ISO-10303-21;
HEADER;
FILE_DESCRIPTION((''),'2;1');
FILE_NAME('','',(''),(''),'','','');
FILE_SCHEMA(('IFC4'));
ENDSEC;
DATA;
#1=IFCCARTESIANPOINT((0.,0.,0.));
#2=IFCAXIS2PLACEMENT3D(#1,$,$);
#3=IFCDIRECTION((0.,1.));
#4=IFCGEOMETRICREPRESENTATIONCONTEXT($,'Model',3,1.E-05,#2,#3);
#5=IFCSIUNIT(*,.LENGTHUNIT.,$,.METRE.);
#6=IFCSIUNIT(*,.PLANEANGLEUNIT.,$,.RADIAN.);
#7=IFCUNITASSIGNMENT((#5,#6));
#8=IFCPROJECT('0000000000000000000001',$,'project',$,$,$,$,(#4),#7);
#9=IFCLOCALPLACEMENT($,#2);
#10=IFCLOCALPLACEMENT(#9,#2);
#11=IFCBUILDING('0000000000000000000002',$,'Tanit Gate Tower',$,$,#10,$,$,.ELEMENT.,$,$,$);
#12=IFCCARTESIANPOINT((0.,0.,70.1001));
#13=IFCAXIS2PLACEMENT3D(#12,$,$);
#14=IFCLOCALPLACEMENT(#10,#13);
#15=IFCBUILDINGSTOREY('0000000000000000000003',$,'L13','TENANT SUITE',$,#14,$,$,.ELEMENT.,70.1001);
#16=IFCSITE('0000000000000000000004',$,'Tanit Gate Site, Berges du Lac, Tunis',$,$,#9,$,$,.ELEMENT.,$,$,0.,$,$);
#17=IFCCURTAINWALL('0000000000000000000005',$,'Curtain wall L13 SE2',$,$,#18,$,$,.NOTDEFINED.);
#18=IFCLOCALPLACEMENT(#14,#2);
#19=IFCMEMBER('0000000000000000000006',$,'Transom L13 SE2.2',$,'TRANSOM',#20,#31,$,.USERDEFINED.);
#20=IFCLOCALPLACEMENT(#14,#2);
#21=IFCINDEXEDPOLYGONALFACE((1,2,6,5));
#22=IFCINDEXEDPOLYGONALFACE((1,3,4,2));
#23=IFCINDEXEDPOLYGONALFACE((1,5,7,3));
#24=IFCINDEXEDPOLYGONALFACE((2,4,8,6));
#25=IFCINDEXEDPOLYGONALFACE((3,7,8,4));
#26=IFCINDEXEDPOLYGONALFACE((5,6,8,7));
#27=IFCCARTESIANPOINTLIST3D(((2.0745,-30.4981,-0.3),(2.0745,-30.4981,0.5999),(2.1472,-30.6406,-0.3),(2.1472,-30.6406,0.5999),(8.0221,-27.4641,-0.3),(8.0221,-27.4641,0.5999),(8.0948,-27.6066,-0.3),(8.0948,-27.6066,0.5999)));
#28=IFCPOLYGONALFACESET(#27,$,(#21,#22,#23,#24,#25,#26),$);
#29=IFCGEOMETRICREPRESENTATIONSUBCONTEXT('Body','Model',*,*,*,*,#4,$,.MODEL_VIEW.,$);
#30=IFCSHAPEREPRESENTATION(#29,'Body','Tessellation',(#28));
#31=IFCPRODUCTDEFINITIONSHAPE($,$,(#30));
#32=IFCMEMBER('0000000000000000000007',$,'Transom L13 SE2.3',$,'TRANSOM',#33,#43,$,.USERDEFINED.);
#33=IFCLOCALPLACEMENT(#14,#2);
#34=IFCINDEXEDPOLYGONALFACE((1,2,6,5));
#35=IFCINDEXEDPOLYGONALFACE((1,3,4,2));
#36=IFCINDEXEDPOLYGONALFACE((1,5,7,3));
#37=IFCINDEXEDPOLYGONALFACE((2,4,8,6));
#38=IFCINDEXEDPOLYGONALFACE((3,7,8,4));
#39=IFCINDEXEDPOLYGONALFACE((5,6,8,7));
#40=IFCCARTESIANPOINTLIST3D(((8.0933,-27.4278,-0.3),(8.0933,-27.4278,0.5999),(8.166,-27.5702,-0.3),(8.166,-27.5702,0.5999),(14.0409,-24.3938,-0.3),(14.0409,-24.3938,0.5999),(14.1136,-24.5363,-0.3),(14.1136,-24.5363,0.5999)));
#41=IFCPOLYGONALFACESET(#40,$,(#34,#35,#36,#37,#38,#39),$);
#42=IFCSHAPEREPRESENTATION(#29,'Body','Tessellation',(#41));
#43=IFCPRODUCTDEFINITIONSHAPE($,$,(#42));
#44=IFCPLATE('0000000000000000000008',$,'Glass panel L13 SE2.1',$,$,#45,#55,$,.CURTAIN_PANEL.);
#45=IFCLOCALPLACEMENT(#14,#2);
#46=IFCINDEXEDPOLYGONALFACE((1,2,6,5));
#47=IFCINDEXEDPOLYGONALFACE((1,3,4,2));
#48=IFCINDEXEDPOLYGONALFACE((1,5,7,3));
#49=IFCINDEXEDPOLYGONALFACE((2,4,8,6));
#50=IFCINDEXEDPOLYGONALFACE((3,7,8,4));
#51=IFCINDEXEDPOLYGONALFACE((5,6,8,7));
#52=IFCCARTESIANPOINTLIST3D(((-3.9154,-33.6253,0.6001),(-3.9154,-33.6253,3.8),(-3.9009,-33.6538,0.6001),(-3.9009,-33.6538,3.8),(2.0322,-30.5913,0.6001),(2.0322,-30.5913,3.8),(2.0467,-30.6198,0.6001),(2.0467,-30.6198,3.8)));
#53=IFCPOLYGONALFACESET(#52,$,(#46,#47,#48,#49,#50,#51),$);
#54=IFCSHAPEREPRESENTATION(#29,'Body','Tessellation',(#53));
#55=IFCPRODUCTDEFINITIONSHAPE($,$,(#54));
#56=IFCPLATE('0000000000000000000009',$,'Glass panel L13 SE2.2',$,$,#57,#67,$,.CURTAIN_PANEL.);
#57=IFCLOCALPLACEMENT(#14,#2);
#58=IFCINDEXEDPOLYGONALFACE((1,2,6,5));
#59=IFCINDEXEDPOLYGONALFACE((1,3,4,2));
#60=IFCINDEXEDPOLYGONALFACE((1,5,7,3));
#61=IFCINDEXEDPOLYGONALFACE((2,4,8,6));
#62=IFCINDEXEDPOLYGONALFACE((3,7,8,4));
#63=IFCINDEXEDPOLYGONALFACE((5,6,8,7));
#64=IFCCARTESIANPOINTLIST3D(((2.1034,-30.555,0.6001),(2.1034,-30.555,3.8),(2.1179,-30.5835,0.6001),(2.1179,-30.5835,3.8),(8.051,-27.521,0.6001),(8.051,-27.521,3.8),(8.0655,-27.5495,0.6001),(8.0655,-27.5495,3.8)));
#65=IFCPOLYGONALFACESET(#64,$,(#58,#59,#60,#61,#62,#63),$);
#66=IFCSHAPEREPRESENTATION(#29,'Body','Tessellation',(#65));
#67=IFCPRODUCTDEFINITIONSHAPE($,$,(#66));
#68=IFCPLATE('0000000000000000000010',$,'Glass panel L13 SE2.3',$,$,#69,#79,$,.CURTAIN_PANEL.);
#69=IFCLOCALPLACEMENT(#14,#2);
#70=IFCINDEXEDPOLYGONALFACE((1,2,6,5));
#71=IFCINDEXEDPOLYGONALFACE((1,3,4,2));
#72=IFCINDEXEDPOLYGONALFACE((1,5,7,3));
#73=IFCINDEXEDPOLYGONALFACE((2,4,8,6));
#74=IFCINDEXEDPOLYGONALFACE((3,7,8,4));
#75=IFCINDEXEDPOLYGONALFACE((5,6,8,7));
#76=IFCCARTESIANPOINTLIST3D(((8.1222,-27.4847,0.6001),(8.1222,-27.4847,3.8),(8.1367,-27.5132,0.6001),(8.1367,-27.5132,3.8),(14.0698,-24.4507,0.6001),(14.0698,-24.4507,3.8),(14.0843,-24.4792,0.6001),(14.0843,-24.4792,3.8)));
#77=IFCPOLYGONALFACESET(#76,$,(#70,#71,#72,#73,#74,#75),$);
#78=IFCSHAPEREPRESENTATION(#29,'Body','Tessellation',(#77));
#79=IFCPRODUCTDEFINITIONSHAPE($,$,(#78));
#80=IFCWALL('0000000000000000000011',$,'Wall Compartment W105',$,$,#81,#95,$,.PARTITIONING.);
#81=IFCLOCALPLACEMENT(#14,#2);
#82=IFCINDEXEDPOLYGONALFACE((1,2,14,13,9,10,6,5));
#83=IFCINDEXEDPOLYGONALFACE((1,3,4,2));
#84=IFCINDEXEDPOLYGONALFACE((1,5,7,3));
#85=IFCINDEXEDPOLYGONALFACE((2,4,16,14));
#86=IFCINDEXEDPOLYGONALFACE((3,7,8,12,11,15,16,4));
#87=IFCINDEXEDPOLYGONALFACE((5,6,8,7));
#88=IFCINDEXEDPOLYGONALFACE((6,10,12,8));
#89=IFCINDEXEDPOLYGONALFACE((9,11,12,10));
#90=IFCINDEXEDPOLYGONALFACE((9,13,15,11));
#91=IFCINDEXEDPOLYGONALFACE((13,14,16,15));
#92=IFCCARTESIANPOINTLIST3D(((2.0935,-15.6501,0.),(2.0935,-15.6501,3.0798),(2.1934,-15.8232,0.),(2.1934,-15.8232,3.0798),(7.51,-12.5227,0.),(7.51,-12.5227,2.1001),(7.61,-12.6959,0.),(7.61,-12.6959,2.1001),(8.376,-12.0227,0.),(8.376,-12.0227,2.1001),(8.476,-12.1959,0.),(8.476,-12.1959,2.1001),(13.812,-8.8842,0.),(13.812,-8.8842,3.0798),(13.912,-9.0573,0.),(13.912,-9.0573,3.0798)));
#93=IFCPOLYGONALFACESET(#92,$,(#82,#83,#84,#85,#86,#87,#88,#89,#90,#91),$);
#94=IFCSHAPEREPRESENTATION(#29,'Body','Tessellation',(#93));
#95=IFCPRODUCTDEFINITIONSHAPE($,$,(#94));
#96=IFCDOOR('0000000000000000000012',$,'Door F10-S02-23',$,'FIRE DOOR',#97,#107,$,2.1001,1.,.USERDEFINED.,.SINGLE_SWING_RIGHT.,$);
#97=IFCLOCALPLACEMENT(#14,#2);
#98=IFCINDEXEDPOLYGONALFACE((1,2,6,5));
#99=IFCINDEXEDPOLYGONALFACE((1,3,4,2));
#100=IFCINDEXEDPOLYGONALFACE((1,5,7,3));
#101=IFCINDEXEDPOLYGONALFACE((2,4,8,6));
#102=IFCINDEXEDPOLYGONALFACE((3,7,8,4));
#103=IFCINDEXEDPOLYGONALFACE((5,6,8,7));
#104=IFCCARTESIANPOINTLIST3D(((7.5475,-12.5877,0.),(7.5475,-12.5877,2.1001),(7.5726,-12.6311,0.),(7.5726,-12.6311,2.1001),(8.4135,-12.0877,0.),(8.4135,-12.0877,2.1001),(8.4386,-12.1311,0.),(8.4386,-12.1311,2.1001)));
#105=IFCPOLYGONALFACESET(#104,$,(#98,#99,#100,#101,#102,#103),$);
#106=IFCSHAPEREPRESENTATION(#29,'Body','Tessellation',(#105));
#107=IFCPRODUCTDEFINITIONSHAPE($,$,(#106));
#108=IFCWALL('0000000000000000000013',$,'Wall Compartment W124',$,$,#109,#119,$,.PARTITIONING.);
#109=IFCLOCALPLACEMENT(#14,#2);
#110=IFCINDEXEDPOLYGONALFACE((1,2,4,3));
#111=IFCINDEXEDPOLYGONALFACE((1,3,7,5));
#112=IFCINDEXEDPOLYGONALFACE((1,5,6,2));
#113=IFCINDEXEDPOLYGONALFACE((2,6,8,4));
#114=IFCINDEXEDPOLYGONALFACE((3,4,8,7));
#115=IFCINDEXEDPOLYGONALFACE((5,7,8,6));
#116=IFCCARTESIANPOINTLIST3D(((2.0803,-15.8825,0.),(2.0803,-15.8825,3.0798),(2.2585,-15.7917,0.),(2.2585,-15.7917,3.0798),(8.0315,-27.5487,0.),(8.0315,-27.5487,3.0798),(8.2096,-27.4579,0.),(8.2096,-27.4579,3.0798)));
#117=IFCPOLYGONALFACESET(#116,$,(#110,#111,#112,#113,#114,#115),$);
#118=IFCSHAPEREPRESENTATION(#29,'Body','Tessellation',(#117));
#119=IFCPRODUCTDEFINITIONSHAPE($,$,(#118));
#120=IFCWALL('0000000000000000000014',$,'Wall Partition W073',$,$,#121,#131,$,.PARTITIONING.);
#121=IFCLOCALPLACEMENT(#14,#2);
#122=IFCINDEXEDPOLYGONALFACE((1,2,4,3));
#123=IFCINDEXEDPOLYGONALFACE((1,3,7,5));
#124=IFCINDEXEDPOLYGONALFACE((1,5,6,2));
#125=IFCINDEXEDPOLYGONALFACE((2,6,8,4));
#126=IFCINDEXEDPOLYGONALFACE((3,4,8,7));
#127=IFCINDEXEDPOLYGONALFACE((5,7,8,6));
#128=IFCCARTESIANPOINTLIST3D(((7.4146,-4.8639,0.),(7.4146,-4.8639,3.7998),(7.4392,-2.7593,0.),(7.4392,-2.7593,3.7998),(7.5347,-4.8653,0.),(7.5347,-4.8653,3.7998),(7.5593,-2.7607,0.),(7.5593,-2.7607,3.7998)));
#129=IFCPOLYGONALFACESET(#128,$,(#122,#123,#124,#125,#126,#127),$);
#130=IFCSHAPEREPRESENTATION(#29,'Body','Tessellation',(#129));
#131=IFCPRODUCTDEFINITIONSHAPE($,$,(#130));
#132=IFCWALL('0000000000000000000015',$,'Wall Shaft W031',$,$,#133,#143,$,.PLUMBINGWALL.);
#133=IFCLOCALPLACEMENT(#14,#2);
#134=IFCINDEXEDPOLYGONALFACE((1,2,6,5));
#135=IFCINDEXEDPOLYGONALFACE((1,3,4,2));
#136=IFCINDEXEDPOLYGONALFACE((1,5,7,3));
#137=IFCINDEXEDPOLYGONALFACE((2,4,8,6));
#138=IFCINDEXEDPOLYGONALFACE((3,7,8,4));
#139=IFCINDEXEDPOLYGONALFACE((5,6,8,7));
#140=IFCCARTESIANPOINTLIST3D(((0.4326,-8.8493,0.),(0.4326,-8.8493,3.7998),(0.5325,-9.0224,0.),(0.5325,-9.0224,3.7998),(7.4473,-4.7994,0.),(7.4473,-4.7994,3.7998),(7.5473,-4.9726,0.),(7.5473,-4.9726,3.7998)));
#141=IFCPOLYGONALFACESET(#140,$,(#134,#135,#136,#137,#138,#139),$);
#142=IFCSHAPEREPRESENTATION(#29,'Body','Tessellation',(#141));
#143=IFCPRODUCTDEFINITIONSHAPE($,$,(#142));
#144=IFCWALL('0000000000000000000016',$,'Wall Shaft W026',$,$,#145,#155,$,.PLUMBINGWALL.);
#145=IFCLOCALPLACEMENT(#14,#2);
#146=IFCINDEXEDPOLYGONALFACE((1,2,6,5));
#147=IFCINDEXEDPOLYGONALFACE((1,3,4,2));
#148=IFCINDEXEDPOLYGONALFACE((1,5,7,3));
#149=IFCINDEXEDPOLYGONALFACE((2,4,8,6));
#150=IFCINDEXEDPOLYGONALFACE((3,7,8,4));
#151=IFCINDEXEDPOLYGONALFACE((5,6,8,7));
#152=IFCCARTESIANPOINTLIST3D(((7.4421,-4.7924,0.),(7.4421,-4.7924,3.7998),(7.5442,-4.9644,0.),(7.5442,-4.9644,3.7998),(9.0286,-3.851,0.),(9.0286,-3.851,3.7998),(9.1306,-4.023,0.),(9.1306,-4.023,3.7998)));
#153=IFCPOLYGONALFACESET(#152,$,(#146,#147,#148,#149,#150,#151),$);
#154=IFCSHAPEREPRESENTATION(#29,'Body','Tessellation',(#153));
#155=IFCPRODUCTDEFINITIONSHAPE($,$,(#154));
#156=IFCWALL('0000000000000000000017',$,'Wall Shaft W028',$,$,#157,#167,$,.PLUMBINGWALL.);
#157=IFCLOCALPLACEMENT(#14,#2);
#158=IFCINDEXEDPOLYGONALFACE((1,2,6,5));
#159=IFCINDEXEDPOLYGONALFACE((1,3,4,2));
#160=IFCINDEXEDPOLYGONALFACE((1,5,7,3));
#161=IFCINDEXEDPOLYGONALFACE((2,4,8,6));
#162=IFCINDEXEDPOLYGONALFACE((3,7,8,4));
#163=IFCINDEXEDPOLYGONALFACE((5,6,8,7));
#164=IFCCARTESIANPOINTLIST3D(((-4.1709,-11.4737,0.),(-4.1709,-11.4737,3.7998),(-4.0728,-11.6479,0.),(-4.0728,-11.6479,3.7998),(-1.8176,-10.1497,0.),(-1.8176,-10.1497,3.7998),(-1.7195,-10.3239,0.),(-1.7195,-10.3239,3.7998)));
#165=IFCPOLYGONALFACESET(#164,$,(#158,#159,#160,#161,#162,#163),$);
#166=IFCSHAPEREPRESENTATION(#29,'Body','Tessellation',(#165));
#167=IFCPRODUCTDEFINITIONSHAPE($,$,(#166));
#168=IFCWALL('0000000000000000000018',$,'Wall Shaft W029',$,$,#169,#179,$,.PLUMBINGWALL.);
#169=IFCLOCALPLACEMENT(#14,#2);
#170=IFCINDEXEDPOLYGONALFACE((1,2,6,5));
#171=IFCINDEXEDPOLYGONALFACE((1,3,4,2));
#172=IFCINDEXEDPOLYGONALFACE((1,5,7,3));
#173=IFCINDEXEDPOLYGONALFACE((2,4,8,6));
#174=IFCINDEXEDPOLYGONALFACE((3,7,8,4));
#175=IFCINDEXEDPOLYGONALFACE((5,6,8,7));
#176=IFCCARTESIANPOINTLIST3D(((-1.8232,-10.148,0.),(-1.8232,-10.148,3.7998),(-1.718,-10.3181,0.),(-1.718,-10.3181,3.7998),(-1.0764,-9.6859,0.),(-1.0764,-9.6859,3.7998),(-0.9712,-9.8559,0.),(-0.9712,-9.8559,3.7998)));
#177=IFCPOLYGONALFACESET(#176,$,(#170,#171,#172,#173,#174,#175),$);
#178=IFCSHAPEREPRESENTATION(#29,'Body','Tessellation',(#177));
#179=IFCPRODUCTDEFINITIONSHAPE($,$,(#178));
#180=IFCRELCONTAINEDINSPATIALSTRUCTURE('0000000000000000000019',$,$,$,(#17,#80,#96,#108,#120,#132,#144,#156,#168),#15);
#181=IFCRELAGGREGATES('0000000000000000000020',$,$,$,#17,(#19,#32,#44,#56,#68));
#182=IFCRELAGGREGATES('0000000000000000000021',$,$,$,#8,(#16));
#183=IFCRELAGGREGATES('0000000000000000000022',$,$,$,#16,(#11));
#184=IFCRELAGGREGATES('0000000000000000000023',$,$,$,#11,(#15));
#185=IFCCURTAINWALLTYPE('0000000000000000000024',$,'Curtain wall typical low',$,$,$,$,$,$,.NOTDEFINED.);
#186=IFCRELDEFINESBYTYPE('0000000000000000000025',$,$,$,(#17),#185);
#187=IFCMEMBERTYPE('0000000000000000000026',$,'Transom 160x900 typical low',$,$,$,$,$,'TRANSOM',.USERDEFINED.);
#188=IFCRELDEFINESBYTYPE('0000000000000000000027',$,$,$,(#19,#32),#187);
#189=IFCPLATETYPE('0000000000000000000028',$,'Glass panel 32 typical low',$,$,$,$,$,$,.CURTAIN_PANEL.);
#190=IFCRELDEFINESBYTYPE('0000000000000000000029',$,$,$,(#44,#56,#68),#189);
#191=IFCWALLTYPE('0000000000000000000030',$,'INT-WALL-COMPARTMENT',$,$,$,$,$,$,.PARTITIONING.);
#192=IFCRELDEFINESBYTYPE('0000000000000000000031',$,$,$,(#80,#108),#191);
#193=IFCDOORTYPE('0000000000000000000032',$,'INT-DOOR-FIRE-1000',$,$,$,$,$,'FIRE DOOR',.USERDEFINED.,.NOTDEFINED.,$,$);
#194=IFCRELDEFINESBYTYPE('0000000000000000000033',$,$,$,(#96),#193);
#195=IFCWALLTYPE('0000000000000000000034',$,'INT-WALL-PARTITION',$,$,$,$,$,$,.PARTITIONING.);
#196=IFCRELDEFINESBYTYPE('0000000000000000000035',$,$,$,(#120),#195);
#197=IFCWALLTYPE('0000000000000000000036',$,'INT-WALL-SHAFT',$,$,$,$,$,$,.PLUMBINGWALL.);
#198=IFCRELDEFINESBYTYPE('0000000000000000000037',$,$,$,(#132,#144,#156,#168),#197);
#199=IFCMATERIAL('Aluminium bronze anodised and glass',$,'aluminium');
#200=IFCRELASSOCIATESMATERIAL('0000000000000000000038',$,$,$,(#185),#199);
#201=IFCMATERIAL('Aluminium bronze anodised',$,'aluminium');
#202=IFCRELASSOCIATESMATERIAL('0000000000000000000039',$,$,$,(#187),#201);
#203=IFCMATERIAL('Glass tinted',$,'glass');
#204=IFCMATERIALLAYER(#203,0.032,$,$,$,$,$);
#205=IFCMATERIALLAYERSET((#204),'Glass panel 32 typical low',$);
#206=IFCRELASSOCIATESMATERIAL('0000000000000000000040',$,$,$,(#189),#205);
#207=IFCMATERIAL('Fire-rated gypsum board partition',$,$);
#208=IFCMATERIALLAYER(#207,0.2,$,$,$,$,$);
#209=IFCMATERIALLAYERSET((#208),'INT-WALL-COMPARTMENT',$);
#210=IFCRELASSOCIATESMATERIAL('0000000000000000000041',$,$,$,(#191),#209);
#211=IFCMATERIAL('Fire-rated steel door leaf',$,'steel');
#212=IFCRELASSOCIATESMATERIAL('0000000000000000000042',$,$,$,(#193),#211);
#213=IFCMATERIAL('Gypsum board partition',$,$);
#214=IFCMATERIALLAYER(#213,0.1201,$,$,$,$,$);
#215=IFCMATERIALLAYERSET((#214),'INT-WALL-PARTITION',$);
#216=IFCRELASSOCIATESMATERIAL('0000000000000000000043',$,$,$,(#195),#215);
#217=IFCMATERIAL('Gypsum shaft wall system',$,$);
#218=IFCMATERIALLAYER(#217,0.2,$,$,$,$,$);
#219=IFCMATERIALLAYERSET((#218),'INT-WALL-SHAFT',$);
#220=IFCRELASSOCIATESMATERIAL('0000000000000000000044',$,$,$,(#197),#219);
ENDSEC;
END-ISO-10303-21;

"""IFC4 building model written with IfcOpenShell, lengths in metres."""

from ifc_helpers import new_model, si_unit, direction, frame, frame_2d, origin, origin_2d, place, context, subcontext, project, spatial, rectangle, extrude, material, layer, layer_set, material_profile, profile_set, type_object, element, fill, aggregate, save


model = new_model("IFC4")

# Units and contexts
model_context = context("Model", 3, precision=1e-05, world=origin(), true_north=direction((0.0, 1.0)))
body_context = subcontext(model_context, "Body", "Model", "MODEL_VIEW")
ifc_project = project(units=[si_unit("LENGTHUNIT", "METRE"), si_unit("PLANEANGLEUNIT", "RADIAN")], contexts=[model_context])

# Site, building, storey
site_placement = place(None, origin())
site = spatial("IfcSite", under=ifc_project, at=site_placement, Name="Tanit Gate Site, Berges du Lac, Tunis", CompositionType="ELEMENT", RefElevation=0.0)
building_placement = place(site_placement, origin())
building = spatial("IfcBuilding", under=site, at=building_placement, Name="Tanit Gate Tower", CompositionType="ELEMENT")
storey_placement = place(building_placement, frame((0.0, 0.0, 70.1001)))
storey = spatial("IfcBuildingStorey", under=building, at=storey_placement, Name="L13", Description="TENANT SUITE", CompositionType="ELEMENT", Elevation=70.1001)

# Curtain wall
ifc_material_1 = material(Name="Aluminium bronze anodised and glass", Category="aluminium")
curtain_wall_type = type_object("IfcCurtainWallType", Name="Curtain wall typical low", PredefinedType="NOTDEFINED", material=ifc_material_1)
curtain_wall_placement = place(storey_placement, origin())
curtain_wall = element("IfcCurtainWall", 1, at=curtain_wall_placement, inside=storey, type_object=curtain_wall_type, Name="Curtain wall L13 SE2", PredefinedType="NOTDEFINED")

# Members
ifc_material_2 = material(Name="Aluminium bronze anodised", Category="aluminium")
ifc_material_profile_1 = material_profile(ifc_material_2, rectangle(XDim=0.1599, YDim=0.8999, at=origin_2d()), Name="160x900 bronze transom")
ifc_profile_set_1 = profile_set([ifc_material_profile_1], Name="Aluminium bronze anodised")
member_type_1 = type_object("IfcMemberType", Name="Transom 160x900 typical low", ElementType="TRANSOM", PredefinedType="USERDEFINED", material=ifc_profile_set_1)
member_1_placement = place(storey_placement, frame((2.1108, -30.5693, 0.1499), z_axis=(0.890793, 0.45441, 0.0), x_axis=(-0.45441, 0.890793, 0.0)))
member_1 = element("IfcMember", 2, at=member_1_placement, type_object=member_type_1, Name="Transom L13 SE2.2", ObjectType="TRANSOM", PredefinedType="USERDEFINED", context=body_context, shape_type="SweptSolid", body=[
    extrude(rectangle(XDim=0.1599, YDim=0.8999, at=origin_2d()), origin(), (0.0, 0.0, 1.0), 6.6768),
])
member_2_placement = place(storey_placement, frame((8.1296, -27.499, 0.1499), z_axis=(0.890793, 0.45441, 0.0), x_axis=(-0.45441, 0.890793, 0.0)))
member_2 = element("IfcMember", 3, at=member_2_placement, type_object=member_type_1, Name="Transom L13 SE2.3", ObjectType="TRANSOM", PredefinedType="USERDEFINED", context=body_context, shape_type="SweptSolid", body=[
    extrude(rectangle(XDim=0.1599, YDim=0.8999, at=origin_2d()), origin(), (0.0, 0.0, 1.0), 6.6768),
])

# Plates
ifc_material_3 = material(Name="Glass tinted", Category="glass")
ifc_layer_1 = layer(ifc_material_3, 0.032)
ifc_layer_set_1 = layer_set([ifc_layer_1], Name="Glass panel 32 typical low")
plate_type = type_object("IfcPlateType", Name="Glass panel 32 typical low", PredefinedType="CURTAIN_PANEL", material=ifc_layer_set_1)
plate_1_placement = place(storey_placement, frame((-0.9343, -32.1226, 0.6001), z_axis=(0.0, 0.0, 1.0), x_axis=(0.890792, 0.454411, 0.0)))
plate_1 = element("IfcPlate", 4, at=plate_1_placement, type_object=plate_type, Name="Glass panel L13 SE2.1", PredefinedType="CURTAIN_PANEL", context=body_context, shape_type="SweptSolid", body=[
    extrude(rectangle(XDim=6.6768, YDim=0.032, at=origin_2d()), origin(), (0.0, 0.0, 1.0), 3.2),
])
plate_2_placement = place(storey_placement, frame((5.0845, -29.0522, 0.6001), z_axis=(0.0, 0.0, 1.0), x_axis=(0.890792, 0.454411, 0.0)))
plate_2 = element("IfcPlate", 5, at=plate_2_placement, type_object=plate_type, Name="Glass panel L13 SE2.2", PredefinedType="CURTAIN_PANEL", context=body_context, shape_type="SweptSolid", body=[
    extrude(rectangle(XDim=6.6768, YDim=0.032, at=origin_2d()), origin(), (0.0, 0.0, 1.0), 3.2),
])
plate_3_placement = place(storey_placement, frame((11.1033, -25.9819, 0.6001), z_axis=(0.0, 0.0, 1.0), x_axis=(0.890792, 0.454411, 0.0)))
plate_3 = element("IfcPlate", 6, at=plate_3_placement, type_object=plate_type, Name="Glass panel L13 SE2.3", PredefinedType="CURTAIN_PANEL", context=body_context, shape_type="SweptSolid", body=[
    extrude(rectangle(XDim=6.6768, YDim=0.032, at=origin_2d()), origin(), (0.0, 0.0, 1.0), 3.2),
])
aggregate(curtain_wall, [member_1, member_2, plate_1, plate_2, plate_3])

# Wall, opening, door
ifc_material_4 = material(Name="Fire-rated gypsum board partition")
ifc_layer_2 = layer(ifc_material_4, 0.2)
ifc_layer_set_2 = layer_set([ifc_layer_2], Name="INT-WALL-COMPARTMENT")
wall_type_1 = type_object("IfcWallType", Name="INT-WALL-COMPARTMENT", PredefinedType="PARTITIONING", material=ifc_layer_set_2)
wall_1_placement = place(storey_placement, frame((2.1436, -15.7366, 0.0), z_axis=(0.0, 0.0, 1.0), x_axis=(0.866019, 0.50001, 0.0)))
wall_1 = element("IfcWall", 7, at=wall_1_placement, inside=storey, type_object=wall_type_1, Name="Wall Compartment W105", PredefinedType="PARTITIONING", context=body_context, shape_type="SweptSolid", body=[
    extrude(rectangle(XDim=13.5315, YDim=0.2, at=frame_2d((6.7656, 0.0))), origin(), (0.0, 0.0, 1.0), 3.0798),
])
opening_placement = place(wall_1_placement, frame((6.2544, 0.0, 0.0)))
opening = element("IfcOpeningElement", 8, at=opening_placement, cuts=wall_1, PredefinedType="OPENING", context=body_context, shape_type="SweptSolid", body=[
    extrude(rectangle(XDim=1.0, YDim=2.1001, at=frame_2d((0.5, 1.05))), frame((0.0, 0.1099, 0.0), z_axis=(0.0, -1.0, 0.0), x_axis=(1.0, 0.0, 0.0)), (0.0, 0.0, 1.0), 0.22),
])
ifc_material_5 = material(Name="Fire-rated steel door leaf", Category="steel")
door_type = type_object("IfcDoorType", Name="INT-DOOR-FIRE-1000", ElementType="FIRE DOOR", OperationType="NOTDEFINED", PredefinedType="USERDEFINED", material=ifc_material_5)
door_placement = place(opening_placement, origin())
door = element("IfcDoor", 9, at=door_placement, inside=storey, type_object=door_type, Name="Door F10-S02-23", ObjectType="FIRE DOOR", OperationType="SINGLE_SWING_RIGHT", OverallHeight=2.1001, OverallWidth=1.0, PredefinedType="USERDEFINED", context=body_context, shape_type="SweptSolid", body=[
    extrude(rectangle(XDim=1.0, YDim=2.1001, at=frame_2d((0.5, 1.05))), frame((0.0, 0.0249, 0.0), z_axis=(0.0, -1.0, 0.0), x_axis=(1.0, 0.0, 0.0)), (0.0, 0.0, 1.0), 0.05),
])
fill(opening, door)

# Walls
wall_2_placement = place(storey_placement, frame((8.1206, -27.5034, 0.0), z_axis=(0.0, 0.0, 1.0), x_axis=(-0.45441, 0.890793, 0.0)))
element("IfcWall", 10, at=wall_2_placement, inside=storey, type_object=wall_type_1, Name="Wall Compartment W124", PredefinedType="PARTITIONING", context=body_context, shape_type="SweptSolid", body=[
    extrude(rectangle(XDim=13.0964, YDim=0.2, at=frame_2d((6.5483, 0.0))), origin(), (0.0, 0.0, 1.0), 3.0798),
])
ifc_material_6 = material(Name="Gypsum board partition")
ifc_layer_3 = layer(ifc_material_6, 0.1201)
ifc_layer_set_3 = layer_set([ifc_layer_3], Name="INT-WALL-PARTITION")
wall_type_2 = type_object("IfcWallType", Name="INT-WALL-PARTITION", PredefinedType="PARTITIONING", material=ifc_layer_set_3)
wall_3_placement = place(storey_placement, frame((7.4746, -4.8645, 0.0), z_axis=(0.0, 0.0, 1.0), x_axis=(0.011716, 0.999931, 0.0)))
element("IfcWall", 11, at=wall_3_placement, inside=storey, type_object=wall_type_2, Name="Wall Partition W073", PredefinedType="PARTITIONING", context=body_context, shape_type="SweptSolid", body=[
    extrude(rectangle(XDim=2.1047, YDim=0.1201, at=frame_2d((1.0522, 0.0))), origin(), (0.0, 0.0, 1.0), 3.7998),
])
ifc_material_7 = material(Name="Gypsum shaft wall system")
ifc_layer_4 = layer(ifc_material_7, 0.2)
ifc_layer_set_4 = layer_set([ifc_layer_4], Name="INT-WALL-SHAFT")
wall_type_3 = type_object("IfcWallType", Name="INT-WALL-SHAFT", PredefinedType="PLUMBINGWALL", material=ifc_layer_set_4)
wall_4_placement = place(storey_placement, frame((0.4827, -8.9358, 0.0), z_axis=(0.0, 0.0, 1.0), x_axis=(0.866031, 0.49999, 0.0)))
element("IfcWall", 12, at=wall_4_placement, inside=storey, type_object=wall_type_3, Name="Wall Shaft W031", PredefinedType="PLUMBINGWALL", context=body_context, shape_type="SweptSolid", body=[
    extrude(rectangle(XDim=8.0999, YDim=0.2, at=frame_2d((4.0498, 0.0))), origin(), (0.0, 0.0, 1.0), 3.7998),
])
wall_5_placement = place(storey_placement, frame((7.4932, -4.8784, 0.0), z_axis=(0.0, 0.0, 1.0), x_axis=(0.859982, 0.510325, 0.0)))
element("IfcWall", 13, at=wall_5_placement, inside=storey, type_object=wall_type_3, Name="Wall Shaft W026", PredefinedType="PLUMBINGWALL", context=body_context, shape_type="SweptSolid", body=[
    extrude(rectangle(XDim=1.8447, YDim=0.2, at=frame_2d((0.9224, 0.0))), origin(), (0.0, 0.0, 1.0), 3.7998),
])
wall_6_placement = place(storey_placement, frame((-1.7686, -10.2368, 0.0), z_axis=(0.0, 0.0, 1.0), x_axis=(-0.871534, -0.490334, 0.0)))
element("IfcWall", 14, at=wall_6_placement, inside=storey, type_object=wall_type_3, Name="Wall Shaft W028", PredefinedType="PLUMBINGWALL", context=body_context, shape_type="SweptSolid", body=[
    extrude(rectangle(XDim=2.7002, YDim=0.2, at=frame_2d((1.3501, 0.0))), origin(), (0.0, 0.0, 1.0), 3.7998),
])
wall_7_placement = place(storey_placement, frame((-1.0239, -9.771, 0.0), z_axis=(0.0, 0.0, 1.0), x_axis=(-0.850348, -0.526221, 0.0)))
element("IfcWall", 15, at=wall_7_placement, inside=storey, type_object=wall_type_3, Name="Wall Shaft W029", PredefinedType="PLUMBINGWALL", context=body_context, shape_type="SweptSolid", body=[
    extrude(rectangle(XDim=0.8782, YDim=0.2, at=frame_2d((0.439, 0.0))), origin(), (0.0, 0.0, 1.0), 3.7998),
])

save(model, "model.ifc")
